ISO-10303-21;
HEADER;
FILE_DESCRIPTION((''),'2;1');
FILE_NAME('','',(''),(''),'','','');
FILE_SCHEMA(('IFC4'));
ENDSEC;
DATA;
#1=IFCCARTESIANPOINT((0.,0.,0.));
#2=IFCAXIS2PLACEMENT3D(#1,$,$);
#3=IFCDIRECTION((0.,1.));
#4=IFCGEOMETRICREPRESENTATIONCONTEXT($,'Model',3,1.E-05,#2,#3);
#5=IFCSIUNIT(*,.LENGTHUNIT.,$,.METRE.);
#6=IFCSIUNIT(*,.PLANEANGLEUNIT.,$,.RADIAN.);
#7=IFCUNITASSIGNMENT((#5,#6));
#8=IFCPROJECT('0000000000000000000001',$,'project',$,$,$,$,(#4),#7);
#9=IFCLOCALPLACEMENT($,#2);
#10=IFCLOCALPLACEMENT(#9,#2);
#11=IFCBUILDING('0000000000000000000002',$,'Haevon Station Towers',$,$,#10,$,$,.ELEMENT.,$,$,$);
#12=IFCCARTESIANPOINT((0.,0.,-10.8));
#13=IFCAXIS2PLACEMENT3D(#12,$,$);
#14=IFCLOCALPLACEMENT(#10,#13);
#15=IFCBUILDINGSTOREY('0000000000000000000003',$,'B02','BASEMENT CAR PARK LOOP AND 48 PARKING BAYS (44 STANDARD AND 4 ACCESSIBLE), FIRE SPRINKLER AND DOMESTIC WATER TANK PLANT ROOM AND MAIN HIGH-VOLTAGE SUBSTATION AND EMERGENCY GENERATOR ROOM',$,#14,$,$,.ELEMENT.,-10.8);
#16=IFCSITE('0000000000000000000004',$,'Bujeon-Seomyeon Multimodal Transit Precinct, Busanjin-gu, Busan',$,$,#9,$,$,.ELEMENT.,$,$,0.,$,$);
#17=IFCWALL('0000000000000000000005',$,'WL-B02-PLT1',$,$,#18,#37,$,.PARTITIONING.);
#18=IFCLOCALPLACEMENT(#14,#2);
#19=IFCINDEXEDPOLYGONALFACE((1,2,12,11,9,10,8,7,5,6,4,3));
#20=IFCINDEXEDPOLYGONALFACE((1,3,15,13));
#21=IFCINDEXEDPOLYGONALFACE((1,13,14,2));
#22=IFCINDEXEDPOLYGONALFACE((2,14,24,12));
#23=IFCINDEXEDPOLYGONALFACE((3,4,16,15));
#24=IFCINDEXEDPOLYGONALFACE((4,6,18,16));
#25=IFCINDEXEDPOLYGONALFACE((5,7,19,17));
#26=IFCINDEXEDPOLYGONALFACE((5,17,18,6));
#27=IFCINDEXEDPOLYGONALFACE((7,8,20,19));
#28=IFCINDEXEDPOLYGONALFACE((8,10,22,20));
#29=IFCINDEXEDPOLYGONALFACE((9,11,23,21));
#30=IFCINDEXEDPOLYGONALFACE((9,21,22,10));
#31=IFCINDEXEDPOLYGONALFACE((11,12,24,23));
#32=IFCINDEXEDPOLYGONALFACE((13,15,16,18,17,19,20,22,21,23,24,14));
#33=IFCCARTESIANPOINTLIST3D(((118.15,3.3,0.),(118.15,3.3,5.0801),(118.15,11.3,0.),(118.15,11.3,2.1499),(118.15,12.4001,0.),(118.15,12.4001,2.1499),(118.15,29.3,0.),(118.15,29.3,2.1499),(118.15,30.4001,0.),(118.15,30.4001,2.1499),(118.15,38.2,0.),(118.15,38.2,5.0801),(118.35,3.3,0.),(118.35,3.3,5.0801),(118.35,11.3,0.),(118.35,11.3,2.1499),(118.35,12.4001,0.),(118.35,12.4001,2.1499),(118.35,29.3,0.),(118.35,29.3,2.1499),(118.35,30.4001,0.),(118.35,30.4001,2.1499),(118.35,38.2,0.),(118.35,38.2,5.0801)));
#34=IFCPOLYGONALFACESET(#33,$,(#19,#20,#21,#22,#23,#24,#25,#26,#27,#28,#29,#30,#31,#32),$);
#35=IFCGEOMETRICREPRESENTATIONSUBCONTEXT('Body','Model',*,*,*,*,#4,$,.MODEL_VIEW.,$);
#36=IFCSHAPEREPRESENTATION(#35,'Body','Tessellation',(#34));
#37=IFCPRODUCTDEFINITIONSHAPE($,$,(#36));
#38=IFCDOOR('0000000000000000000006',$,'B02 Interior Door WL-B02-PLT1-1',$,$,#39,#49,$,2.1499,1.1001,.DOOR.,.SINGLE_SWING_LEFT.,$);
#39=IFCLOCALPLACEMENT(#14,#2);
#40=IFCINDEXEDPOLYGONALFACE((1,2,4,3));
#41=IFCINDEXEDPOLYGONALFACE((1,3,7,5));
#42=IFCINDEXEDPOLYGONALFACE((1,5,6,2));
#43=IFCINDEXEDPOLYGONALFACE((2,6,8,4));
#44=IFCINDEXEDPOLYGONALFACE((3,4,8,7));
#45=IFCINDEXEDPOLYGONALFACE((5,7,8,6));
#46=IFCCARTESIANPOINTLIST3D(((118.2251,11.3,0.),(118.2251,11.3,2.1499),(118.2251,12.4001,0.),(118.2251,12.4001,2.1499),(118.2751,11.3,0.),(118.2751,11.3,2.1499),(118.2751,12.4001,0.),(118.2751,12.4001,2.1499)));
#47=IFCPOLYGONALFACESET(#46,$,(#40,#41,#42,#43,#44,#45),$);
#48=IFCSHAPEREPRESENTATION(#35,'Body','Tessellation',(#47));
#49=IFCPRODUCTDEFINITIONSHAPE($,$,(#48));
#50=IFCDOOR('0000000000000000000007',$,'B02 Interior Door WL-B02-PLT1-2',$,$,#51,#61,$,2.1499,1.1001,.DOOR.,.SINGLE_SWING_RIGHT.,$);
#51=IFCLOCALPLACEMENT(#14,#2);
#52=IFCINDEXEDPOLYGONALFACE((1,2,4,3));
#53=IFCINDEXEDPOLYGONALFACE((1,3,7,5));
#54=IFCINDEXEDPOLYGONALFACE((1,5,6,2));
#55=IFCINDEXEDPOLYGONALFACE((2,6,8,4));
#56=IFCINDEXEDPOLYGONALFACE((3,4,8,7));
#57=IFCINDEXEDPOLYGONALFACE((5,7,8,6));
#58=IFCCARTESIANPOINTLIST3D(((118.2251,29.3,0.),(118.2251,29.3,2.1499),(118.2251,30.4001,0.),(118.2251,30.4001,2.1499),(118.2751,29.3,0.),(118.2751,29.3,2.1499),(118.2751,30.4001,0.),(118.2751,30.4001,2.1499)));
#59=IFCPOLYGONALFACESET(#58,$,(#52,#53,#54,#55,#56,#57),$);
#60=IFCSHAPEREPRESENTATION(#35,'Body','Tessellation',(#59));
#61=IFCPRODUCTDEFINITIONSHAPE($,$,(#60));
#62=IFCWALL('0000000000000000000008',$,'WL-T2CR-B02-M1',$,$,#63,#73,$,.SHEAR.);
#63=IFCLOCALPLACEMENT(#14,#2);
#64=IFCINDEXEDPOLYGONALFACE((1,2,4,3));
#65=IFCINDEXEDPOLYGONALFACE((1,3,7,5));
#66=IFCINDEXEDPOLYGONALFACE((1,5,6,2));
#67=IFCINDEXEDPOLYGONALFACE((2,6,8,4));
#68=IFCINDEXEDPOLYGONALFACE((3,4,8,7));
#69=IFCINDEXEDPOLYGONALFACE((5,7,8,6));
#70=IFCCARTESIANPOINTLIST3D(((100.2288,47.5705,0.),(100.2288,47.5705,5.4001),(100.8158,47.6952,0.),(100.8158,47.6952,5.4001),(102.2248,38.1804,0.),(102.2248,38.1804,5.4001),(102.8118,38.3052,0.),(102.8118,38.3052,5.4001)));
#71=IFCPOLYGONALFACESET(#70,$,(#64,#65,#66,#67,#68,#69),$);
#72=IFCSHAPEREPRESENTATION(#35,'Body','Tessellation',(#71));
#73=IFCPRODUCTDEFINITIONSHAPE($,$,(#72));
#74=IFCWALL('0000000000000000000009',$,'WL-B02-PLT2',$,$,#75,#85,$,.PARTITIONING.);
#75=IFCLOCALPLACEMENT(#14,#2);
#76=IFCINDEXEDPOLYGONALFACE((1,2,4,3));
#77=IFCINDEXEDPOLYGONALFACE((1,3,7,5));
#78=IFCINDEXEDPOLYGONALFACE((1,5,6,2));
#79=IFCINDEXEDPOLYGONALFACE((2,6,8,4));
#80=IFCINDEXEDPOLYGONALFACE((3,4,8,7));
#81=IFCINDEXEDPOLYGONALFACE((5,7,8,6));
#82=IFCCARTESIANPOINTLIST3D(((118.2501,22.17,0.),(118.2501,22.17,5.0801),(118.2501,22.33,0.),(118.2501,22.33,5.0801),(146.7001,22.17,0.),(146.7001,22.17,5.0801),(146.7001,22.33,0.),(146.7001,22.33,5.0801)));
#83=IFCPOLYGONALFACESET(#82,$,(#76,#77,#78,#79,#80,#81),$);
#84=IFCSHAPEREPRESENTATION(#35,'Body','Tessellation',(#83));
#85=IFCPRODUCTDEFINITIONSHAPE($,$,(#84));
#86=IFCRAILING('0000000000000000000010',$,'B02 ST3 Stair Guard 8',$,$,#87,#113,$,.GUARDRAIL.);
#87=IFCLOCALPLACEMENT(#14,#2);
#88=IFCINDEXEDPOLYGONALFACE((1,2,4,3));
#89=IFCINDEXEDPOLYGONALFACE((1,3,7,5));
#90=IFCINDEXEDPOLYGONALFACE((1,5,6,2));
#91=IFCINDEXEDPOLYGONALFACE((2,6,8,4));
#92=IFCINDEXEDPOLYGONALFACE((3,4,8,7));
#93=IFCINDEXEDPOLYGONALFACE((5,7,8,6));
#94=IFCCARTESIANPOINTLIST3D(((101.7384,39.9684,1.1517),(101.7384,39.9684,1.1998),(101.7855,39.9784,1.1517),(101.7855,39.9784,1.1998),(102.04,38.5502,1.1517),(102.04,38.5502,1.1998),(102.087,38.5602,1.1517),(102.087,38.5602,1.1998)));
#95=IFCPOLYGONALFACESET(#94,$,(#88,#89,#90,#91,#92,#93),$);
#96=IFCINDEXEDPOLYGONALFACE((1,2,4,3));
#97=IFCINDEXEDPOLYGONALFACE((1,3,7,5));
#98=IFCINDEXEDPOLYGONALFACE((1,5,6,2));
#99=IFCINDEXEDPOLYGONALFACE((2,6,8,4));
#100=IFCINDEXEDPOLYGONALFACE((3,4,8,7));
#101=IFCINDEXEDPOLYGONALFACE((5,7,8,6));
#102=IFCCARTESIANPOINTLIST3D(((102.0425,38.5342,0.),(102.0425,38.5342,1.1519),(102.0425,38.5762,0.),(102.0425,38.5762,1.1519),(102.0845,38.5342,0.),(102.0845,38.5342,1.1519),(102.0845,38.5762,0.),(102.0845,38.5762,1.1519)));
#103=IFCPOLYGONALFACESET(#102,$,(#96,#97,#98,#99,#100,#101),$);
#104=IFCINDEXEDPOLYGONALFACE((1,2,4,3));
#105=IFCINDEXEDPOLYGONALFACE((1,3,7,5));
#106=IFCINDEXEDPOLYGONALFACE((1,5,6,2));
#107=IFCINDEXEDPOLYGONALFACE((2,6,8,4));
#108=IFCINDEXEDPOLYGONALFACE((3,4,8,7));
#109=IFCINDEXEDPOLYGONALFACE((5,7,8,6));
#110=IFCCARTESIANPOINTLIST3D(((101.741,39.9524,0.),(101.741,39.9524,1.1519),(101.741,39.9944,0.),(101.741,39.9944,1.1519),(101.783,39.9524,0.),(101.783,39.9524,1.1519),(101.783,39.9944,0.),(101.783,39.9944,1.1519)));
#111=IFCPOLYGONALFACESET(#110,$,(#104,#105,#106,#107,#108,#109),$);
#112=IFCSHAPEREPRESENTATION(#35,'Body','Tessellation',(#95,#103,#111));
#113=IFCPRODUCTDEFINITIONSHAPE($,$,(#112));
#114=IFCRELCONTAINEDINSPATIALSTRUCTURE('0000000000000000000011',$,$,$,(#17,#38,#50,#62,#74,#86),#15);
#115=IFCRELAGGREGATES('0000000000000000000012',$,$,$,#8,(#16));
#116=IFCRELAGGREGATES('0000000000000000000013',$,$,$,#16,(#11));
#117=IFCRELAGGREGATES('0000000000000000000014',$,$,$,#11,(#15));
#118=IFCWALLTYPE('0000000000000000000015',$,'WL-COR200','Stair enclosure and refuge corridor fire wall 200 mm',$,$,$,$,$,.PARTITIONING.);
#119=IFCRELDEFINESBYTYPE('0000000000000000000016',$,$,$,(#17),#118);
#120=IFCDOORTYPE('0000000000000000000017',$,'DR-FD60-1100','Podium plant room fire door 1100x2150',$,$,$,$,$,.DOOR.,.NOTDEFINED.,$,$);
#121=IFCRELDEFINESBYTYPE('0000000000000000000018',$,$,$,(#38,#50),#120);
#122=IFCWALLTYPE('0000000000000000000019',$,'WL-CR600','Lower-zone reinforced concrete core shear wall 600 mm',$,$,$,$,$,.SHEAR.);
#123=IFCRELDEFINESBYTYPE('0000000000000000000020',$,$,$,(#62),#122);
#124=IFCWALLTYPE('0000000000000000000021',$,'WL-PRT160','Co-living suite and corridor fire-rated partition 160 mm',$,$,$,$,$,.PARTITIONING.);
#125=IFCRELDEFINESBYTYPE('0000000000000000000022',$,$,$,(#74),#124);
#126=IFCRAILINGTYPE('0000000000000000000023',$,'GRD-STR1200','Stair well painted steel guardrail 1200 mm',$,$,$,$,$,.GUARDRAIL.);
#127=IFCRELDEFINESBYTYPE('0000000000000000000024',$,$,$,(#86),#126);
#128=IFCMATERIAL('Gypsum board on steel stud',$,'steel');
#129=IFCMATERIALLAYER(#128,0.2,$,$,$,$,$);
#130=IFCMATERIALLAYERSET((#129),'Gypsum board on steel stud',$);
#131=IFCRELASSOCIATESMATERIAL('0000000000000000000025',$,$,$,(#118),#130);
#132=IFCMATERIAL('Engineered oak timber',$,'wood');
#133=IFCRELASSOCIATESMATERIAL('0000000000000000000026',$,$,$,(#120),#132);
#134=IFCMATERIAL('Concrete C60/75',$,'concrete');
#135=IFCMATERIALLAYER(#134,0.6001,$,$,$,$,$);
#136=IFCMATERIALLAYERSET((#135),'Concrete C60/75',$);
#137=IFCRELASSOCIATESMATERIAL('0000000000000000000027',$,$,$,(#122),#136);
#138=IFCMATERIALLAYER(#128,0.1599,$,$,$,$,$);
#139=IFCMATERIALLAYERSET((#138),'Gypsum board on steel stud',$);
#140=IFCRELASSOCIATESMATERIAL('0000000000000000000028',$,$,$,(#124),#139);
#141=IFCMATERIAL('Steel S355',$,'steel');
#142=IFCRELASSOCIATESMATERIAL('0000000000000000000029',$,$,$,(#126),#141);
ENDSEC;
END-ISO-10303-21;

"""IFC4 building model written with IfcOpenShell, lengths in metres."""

from ifc_helpers import new_model, si_unit, direction, frame, frame_2d, origin, origin_2d, place, context, subcontext, project, spatial, rectangle, extrude, material, layer, layer_set, type_object, element, fill, save


model = new_model("IFC4")

# Units and contexts
model_context = context("Model", 3, precision=1e-05, world=origin(), true_north=direction((0.0, 1.0)))
body_context = subcontext(model_context, "Body", "Model", "MODEL_VIEW")
ifc_project = project(units=[si_unit("LENGTHUNIT", "METRE"), si_unit("PLANEANGLEUNIT", "RADIAN")], contexts=[model_context])

# Site, building, storey
site_placement = place(None, origin())
site = spatial("IfcSite", under=ifc_project, at=site_placement, Name="Bujeon-Seomyeon Multimodal Transit Precinct, Busanjin-gu, Busan", CompositionType="ELEMENT", RefElevation=0.0)
building_placement = place(site_placement, origin())
building = spatial("IfcBuilding", under=site, at=building_placement, Name="Haevon Station Towers", CompositionType="ELEMENT")
storey_placement = place(building_placement, frame((0.0, 0.0, -10.8)))
storey = spatial("IfcBuildingStorey", under=building, at=storey_placement, Name="B02", Description="BASEMENT CAR PARK LOOP AND 48 PARKING BAYS (44 STANDARD AND 4 ACCESSIBLE), FIRE SPRINKLER AND DOMESTIC WATER TANK PLANT ROOM AND MAIN HIGH-VOLTAGE SUBSTATION AND EMERGENCY GENERATOR ROOM", CompositionType="ELEMENT", Elevation=-10.8)

# Shared definitions
ifc_material_1 = material(Name="Steel S355", Category="steel")

# Shared definitions
ifc_material_2 = material(Name="Gypsum board on steel stud", Category="steel")
ifc_layer_1 = layer(ifc_material_2, 0.2)
ifc_layer_set_1 = layer_set([ifc_layer_1], Name="Gypsum board on steel stud")
wall_type_1 = type_object("IfcWallType", Name="WL-COR200", Description="Stair enclosure and refuge corridor fire wall 200 mm", PredefinedType="PARTITIONING", material=ifc_layer_set_1)
ifc_material_3 = material(Name="Engineered oak timber", Category="wood")

# Wall, openings, doors
wall_1_placement = place(storey_placement, frame((118.25, 3.3, 0.0), z_axis=(0.0, 0.0, 1.0), x_axis=(0.0, 1.0, 0.0)))
wall_1 = element("IfcWall", 1, at=wall_1_placement, inside=storey, type_object=wall_type_1, Name="WL-B02-PLT1", PredefinedType="PARTITIONING", context=body_context, shape_type="SweptSolid", body=[
    extrude(rectangle(XDim=34.8999, YDim=0.2, at=frame_2d((17.45, 0.0))), origin(), (0.0, 0.0, 1.0), 5.0801),
])
opening_1_placement = place(wall_1_placement, frame((8.0, 0.0, 0.0)))
opening_1 = element("IfcOpeningElement", 2, at=opening_1_placement, cuts=wall_1, PredefinedType="OPENING", context=body_context, shape_type="SweptSolid", body=[
    extrude(rectangle(XDim=1.1001, YDim=2.1499, at=frame_2d((0.55, 1.075))), frame((0.0, 0.1099, 0.0), z_axis=(0.0, -1.0, 0.0), x_axis=(1.0, 0.0, 0.0)), (0.0, 0.0, 1.0), 0.22),
])
opening_2_placement = place(wall_1_placement, frame((26.0, 0.0, 0.0)))
opening_2 = element("IfcOpeningElement", 3, at=opening_2_placement, cuts=wall_1, PredefinedType="OPENING", context=body_context, shape_type="SweptSolid", body=[
    extrude(rectangle(XDim=1.1001, YDim=2.1499, at=frame_2d((0.55, 1.075))), frame((0.0, 0.1099, 0.0), z_axis=(0.0, -1.0, 0.0), x_axis=(1.0, 0.0, 0.0)), (0.0, 0.0, 1.0), 0.22),
])
door_type_1 = type_object("IfcDoorType", Name="DR-FD60-1100", Description="Podium plant room fire door 1100x2150", OperationType="NOTDEFINED", PredefinedType="DOOR", material=ifc_material_3)
door_1_placement = place(opening_1_placement, origin())
door_1 = element("IfcDoor", 4, at=door_1_placement, inside=storey, type_object=door_type_1, Name="B02 Interior Door WL-B02-PLT1-1", OperationType="SINGLE_SWING_LEFT", OverallHeight=2.1499, OverallWidth=1.1001, PredefinedType="DOOR", context=body_context, shape_type="SweptSolid", body=[
    extrude(rectangle(XDim=1.1001, YDim=2.1499, at=frame_2d((0.55, 1.075))), frame((0.0, 0.0249, 0.0), z_axis=(0.0, -1.0, 0.0), x_axis=(1.0, 0.0, 0.0)), (0.0, 0.0, 1.0), 0.05),
])
fill(opening_1, door_1)
door_2_placement = place(opening_2_placement, origin())
door_2 = element("IfcDoor", 5, at=door_2_placement, inside=storey, type_object=door_type_1, Name="B02 Interior Door WL-B02-PLT1-2", OperationType="SINGLE_SWING_RIGHT", OverallHeight=2.1499, OverallWidth=1.1001, PredefinedType="DOOR", context=body_context, shape_type="SweptSolid", body=[
    extrude(rectangle(XDim=1.1001, YDim=2.1499, at=frame_2d((0.55, 1.075))), frame((0.0, 0.0249, 0.0), z_axis=(0.0, -1.0, 0.0), x_axis=(1.0, 0.0, 0.0)), (0.0, 0.0, 1.0), 0.05),
])
fill(opening_2, door_2)

# Walls
ifc_material_4 = material(Name="Concrete C60/75", Category="concrete")
ifc_layer_2 = layer(ifc_material_4, 0.6001)
ifc_layer_set_2 = layer_set([ifc_layer_2], Name="Concrete C60/75")
wall_type_2 = type_object("IfcWallType", Name="WL-CR600", Description="Lower-zone reinforced concrete core shear wall 600 mm", PredefinedType="SHEAR", material=ifc_layer_set_2)
wall_2_placement = place(storey_placement, frame((102.5183, 38.2429, 0.0), z_axis=(0.0, 0.0, 1.0), x_axis=(-0.207927, 0.978144, 0.0)))
element("IfcWall", 6, at=wall_2_placement, inside=storey, type_object=wall_type_2, Name="WL-T2CR-B02-M1", PredefinedType="SHEAR", context=body_context, shape_type="SweptSolid", body=[
    extrude(rectangle(XDim=9.5999, YDim=0.6001, at=frame_2d((4.7998, 0.0))), origin(), (0.0, 0.0, 1.0), 5.4001),
])
ifc_layer_3 = layer(ifc_material_2, 0.1599)
ifc_layer_set_3 = layer_set([ifc_layer_3], Name="Gypsum board on steel stud")
wall_type_3 = type_object("IfcWallType", Name="WL-PRT160", Description="Co-living suite and corridor fire-rated partition 160 mm", PredefinedType="PARTITIONING", material=ifc_layer_set_3)
wall_3_placement = place(storey_placement, frame((118.25, 22.25, 0.0), z_axis=(0.0, 0.0, 1.0), x_axis=(1.0, 0.0, 0.0)))
element("IfcWall", 7, at=wall_3_placement, inside=storey, type_object=wall_type_3, Name="WL-B02-PLT2", PredefinedType="PARTITIONING", context=body_context, shape_type="SweptSolid", body=[
    extrude(rectangle(XDim=28.45, YDim=0.1599, at=frame_2d((14.2251, 0.0))), origin(), (0.0, 0.0, 1.0), 5.0801),
])

# Railing
railing_type = type_object("IfcRailingType", Name="GRD-STR1200", Description="Stair well painted steel guardrail 1200 mm", PredefinedType="GUARDRAIL", material=ifc_material_1)
railing_placement = place(storey_placement, frame((102.0635, 38.5552, 0.0)))
element("IfcRailing", 8, at=railing_placement, inside=storey, type_object=railing_type, Name="B02 ST3 Stair Guard 8", PredefinedType="GUARDRAIL", context=body_context, shape_type="SweptSolid", body=[
    extrude(rectangle(XDim=0.0481, YDim=0.0481, at=origin_2d()), frame((0.0, 0.0, 1.1758), z_axis=(-0.207953, 0.978139, 0.0), x_axis=(-0.978139, -0.207953, 0.0)), (0.0, 0.0, 1.0), 1.45),
    extrude(rectangle(XDim=0.042, YDim=0.042, at=origin_2d()), origin(), (0.0, 0.0, 1.0), 1.1519),
    extrude(rectangle(XDim=0.042, YDim=0.042, at=origin_2d()), frame((-0.3015, 1.4182, 0.0)), (0.0, 0.0, 1.0), 1.1519),
])

save(model, "model.ifc")
